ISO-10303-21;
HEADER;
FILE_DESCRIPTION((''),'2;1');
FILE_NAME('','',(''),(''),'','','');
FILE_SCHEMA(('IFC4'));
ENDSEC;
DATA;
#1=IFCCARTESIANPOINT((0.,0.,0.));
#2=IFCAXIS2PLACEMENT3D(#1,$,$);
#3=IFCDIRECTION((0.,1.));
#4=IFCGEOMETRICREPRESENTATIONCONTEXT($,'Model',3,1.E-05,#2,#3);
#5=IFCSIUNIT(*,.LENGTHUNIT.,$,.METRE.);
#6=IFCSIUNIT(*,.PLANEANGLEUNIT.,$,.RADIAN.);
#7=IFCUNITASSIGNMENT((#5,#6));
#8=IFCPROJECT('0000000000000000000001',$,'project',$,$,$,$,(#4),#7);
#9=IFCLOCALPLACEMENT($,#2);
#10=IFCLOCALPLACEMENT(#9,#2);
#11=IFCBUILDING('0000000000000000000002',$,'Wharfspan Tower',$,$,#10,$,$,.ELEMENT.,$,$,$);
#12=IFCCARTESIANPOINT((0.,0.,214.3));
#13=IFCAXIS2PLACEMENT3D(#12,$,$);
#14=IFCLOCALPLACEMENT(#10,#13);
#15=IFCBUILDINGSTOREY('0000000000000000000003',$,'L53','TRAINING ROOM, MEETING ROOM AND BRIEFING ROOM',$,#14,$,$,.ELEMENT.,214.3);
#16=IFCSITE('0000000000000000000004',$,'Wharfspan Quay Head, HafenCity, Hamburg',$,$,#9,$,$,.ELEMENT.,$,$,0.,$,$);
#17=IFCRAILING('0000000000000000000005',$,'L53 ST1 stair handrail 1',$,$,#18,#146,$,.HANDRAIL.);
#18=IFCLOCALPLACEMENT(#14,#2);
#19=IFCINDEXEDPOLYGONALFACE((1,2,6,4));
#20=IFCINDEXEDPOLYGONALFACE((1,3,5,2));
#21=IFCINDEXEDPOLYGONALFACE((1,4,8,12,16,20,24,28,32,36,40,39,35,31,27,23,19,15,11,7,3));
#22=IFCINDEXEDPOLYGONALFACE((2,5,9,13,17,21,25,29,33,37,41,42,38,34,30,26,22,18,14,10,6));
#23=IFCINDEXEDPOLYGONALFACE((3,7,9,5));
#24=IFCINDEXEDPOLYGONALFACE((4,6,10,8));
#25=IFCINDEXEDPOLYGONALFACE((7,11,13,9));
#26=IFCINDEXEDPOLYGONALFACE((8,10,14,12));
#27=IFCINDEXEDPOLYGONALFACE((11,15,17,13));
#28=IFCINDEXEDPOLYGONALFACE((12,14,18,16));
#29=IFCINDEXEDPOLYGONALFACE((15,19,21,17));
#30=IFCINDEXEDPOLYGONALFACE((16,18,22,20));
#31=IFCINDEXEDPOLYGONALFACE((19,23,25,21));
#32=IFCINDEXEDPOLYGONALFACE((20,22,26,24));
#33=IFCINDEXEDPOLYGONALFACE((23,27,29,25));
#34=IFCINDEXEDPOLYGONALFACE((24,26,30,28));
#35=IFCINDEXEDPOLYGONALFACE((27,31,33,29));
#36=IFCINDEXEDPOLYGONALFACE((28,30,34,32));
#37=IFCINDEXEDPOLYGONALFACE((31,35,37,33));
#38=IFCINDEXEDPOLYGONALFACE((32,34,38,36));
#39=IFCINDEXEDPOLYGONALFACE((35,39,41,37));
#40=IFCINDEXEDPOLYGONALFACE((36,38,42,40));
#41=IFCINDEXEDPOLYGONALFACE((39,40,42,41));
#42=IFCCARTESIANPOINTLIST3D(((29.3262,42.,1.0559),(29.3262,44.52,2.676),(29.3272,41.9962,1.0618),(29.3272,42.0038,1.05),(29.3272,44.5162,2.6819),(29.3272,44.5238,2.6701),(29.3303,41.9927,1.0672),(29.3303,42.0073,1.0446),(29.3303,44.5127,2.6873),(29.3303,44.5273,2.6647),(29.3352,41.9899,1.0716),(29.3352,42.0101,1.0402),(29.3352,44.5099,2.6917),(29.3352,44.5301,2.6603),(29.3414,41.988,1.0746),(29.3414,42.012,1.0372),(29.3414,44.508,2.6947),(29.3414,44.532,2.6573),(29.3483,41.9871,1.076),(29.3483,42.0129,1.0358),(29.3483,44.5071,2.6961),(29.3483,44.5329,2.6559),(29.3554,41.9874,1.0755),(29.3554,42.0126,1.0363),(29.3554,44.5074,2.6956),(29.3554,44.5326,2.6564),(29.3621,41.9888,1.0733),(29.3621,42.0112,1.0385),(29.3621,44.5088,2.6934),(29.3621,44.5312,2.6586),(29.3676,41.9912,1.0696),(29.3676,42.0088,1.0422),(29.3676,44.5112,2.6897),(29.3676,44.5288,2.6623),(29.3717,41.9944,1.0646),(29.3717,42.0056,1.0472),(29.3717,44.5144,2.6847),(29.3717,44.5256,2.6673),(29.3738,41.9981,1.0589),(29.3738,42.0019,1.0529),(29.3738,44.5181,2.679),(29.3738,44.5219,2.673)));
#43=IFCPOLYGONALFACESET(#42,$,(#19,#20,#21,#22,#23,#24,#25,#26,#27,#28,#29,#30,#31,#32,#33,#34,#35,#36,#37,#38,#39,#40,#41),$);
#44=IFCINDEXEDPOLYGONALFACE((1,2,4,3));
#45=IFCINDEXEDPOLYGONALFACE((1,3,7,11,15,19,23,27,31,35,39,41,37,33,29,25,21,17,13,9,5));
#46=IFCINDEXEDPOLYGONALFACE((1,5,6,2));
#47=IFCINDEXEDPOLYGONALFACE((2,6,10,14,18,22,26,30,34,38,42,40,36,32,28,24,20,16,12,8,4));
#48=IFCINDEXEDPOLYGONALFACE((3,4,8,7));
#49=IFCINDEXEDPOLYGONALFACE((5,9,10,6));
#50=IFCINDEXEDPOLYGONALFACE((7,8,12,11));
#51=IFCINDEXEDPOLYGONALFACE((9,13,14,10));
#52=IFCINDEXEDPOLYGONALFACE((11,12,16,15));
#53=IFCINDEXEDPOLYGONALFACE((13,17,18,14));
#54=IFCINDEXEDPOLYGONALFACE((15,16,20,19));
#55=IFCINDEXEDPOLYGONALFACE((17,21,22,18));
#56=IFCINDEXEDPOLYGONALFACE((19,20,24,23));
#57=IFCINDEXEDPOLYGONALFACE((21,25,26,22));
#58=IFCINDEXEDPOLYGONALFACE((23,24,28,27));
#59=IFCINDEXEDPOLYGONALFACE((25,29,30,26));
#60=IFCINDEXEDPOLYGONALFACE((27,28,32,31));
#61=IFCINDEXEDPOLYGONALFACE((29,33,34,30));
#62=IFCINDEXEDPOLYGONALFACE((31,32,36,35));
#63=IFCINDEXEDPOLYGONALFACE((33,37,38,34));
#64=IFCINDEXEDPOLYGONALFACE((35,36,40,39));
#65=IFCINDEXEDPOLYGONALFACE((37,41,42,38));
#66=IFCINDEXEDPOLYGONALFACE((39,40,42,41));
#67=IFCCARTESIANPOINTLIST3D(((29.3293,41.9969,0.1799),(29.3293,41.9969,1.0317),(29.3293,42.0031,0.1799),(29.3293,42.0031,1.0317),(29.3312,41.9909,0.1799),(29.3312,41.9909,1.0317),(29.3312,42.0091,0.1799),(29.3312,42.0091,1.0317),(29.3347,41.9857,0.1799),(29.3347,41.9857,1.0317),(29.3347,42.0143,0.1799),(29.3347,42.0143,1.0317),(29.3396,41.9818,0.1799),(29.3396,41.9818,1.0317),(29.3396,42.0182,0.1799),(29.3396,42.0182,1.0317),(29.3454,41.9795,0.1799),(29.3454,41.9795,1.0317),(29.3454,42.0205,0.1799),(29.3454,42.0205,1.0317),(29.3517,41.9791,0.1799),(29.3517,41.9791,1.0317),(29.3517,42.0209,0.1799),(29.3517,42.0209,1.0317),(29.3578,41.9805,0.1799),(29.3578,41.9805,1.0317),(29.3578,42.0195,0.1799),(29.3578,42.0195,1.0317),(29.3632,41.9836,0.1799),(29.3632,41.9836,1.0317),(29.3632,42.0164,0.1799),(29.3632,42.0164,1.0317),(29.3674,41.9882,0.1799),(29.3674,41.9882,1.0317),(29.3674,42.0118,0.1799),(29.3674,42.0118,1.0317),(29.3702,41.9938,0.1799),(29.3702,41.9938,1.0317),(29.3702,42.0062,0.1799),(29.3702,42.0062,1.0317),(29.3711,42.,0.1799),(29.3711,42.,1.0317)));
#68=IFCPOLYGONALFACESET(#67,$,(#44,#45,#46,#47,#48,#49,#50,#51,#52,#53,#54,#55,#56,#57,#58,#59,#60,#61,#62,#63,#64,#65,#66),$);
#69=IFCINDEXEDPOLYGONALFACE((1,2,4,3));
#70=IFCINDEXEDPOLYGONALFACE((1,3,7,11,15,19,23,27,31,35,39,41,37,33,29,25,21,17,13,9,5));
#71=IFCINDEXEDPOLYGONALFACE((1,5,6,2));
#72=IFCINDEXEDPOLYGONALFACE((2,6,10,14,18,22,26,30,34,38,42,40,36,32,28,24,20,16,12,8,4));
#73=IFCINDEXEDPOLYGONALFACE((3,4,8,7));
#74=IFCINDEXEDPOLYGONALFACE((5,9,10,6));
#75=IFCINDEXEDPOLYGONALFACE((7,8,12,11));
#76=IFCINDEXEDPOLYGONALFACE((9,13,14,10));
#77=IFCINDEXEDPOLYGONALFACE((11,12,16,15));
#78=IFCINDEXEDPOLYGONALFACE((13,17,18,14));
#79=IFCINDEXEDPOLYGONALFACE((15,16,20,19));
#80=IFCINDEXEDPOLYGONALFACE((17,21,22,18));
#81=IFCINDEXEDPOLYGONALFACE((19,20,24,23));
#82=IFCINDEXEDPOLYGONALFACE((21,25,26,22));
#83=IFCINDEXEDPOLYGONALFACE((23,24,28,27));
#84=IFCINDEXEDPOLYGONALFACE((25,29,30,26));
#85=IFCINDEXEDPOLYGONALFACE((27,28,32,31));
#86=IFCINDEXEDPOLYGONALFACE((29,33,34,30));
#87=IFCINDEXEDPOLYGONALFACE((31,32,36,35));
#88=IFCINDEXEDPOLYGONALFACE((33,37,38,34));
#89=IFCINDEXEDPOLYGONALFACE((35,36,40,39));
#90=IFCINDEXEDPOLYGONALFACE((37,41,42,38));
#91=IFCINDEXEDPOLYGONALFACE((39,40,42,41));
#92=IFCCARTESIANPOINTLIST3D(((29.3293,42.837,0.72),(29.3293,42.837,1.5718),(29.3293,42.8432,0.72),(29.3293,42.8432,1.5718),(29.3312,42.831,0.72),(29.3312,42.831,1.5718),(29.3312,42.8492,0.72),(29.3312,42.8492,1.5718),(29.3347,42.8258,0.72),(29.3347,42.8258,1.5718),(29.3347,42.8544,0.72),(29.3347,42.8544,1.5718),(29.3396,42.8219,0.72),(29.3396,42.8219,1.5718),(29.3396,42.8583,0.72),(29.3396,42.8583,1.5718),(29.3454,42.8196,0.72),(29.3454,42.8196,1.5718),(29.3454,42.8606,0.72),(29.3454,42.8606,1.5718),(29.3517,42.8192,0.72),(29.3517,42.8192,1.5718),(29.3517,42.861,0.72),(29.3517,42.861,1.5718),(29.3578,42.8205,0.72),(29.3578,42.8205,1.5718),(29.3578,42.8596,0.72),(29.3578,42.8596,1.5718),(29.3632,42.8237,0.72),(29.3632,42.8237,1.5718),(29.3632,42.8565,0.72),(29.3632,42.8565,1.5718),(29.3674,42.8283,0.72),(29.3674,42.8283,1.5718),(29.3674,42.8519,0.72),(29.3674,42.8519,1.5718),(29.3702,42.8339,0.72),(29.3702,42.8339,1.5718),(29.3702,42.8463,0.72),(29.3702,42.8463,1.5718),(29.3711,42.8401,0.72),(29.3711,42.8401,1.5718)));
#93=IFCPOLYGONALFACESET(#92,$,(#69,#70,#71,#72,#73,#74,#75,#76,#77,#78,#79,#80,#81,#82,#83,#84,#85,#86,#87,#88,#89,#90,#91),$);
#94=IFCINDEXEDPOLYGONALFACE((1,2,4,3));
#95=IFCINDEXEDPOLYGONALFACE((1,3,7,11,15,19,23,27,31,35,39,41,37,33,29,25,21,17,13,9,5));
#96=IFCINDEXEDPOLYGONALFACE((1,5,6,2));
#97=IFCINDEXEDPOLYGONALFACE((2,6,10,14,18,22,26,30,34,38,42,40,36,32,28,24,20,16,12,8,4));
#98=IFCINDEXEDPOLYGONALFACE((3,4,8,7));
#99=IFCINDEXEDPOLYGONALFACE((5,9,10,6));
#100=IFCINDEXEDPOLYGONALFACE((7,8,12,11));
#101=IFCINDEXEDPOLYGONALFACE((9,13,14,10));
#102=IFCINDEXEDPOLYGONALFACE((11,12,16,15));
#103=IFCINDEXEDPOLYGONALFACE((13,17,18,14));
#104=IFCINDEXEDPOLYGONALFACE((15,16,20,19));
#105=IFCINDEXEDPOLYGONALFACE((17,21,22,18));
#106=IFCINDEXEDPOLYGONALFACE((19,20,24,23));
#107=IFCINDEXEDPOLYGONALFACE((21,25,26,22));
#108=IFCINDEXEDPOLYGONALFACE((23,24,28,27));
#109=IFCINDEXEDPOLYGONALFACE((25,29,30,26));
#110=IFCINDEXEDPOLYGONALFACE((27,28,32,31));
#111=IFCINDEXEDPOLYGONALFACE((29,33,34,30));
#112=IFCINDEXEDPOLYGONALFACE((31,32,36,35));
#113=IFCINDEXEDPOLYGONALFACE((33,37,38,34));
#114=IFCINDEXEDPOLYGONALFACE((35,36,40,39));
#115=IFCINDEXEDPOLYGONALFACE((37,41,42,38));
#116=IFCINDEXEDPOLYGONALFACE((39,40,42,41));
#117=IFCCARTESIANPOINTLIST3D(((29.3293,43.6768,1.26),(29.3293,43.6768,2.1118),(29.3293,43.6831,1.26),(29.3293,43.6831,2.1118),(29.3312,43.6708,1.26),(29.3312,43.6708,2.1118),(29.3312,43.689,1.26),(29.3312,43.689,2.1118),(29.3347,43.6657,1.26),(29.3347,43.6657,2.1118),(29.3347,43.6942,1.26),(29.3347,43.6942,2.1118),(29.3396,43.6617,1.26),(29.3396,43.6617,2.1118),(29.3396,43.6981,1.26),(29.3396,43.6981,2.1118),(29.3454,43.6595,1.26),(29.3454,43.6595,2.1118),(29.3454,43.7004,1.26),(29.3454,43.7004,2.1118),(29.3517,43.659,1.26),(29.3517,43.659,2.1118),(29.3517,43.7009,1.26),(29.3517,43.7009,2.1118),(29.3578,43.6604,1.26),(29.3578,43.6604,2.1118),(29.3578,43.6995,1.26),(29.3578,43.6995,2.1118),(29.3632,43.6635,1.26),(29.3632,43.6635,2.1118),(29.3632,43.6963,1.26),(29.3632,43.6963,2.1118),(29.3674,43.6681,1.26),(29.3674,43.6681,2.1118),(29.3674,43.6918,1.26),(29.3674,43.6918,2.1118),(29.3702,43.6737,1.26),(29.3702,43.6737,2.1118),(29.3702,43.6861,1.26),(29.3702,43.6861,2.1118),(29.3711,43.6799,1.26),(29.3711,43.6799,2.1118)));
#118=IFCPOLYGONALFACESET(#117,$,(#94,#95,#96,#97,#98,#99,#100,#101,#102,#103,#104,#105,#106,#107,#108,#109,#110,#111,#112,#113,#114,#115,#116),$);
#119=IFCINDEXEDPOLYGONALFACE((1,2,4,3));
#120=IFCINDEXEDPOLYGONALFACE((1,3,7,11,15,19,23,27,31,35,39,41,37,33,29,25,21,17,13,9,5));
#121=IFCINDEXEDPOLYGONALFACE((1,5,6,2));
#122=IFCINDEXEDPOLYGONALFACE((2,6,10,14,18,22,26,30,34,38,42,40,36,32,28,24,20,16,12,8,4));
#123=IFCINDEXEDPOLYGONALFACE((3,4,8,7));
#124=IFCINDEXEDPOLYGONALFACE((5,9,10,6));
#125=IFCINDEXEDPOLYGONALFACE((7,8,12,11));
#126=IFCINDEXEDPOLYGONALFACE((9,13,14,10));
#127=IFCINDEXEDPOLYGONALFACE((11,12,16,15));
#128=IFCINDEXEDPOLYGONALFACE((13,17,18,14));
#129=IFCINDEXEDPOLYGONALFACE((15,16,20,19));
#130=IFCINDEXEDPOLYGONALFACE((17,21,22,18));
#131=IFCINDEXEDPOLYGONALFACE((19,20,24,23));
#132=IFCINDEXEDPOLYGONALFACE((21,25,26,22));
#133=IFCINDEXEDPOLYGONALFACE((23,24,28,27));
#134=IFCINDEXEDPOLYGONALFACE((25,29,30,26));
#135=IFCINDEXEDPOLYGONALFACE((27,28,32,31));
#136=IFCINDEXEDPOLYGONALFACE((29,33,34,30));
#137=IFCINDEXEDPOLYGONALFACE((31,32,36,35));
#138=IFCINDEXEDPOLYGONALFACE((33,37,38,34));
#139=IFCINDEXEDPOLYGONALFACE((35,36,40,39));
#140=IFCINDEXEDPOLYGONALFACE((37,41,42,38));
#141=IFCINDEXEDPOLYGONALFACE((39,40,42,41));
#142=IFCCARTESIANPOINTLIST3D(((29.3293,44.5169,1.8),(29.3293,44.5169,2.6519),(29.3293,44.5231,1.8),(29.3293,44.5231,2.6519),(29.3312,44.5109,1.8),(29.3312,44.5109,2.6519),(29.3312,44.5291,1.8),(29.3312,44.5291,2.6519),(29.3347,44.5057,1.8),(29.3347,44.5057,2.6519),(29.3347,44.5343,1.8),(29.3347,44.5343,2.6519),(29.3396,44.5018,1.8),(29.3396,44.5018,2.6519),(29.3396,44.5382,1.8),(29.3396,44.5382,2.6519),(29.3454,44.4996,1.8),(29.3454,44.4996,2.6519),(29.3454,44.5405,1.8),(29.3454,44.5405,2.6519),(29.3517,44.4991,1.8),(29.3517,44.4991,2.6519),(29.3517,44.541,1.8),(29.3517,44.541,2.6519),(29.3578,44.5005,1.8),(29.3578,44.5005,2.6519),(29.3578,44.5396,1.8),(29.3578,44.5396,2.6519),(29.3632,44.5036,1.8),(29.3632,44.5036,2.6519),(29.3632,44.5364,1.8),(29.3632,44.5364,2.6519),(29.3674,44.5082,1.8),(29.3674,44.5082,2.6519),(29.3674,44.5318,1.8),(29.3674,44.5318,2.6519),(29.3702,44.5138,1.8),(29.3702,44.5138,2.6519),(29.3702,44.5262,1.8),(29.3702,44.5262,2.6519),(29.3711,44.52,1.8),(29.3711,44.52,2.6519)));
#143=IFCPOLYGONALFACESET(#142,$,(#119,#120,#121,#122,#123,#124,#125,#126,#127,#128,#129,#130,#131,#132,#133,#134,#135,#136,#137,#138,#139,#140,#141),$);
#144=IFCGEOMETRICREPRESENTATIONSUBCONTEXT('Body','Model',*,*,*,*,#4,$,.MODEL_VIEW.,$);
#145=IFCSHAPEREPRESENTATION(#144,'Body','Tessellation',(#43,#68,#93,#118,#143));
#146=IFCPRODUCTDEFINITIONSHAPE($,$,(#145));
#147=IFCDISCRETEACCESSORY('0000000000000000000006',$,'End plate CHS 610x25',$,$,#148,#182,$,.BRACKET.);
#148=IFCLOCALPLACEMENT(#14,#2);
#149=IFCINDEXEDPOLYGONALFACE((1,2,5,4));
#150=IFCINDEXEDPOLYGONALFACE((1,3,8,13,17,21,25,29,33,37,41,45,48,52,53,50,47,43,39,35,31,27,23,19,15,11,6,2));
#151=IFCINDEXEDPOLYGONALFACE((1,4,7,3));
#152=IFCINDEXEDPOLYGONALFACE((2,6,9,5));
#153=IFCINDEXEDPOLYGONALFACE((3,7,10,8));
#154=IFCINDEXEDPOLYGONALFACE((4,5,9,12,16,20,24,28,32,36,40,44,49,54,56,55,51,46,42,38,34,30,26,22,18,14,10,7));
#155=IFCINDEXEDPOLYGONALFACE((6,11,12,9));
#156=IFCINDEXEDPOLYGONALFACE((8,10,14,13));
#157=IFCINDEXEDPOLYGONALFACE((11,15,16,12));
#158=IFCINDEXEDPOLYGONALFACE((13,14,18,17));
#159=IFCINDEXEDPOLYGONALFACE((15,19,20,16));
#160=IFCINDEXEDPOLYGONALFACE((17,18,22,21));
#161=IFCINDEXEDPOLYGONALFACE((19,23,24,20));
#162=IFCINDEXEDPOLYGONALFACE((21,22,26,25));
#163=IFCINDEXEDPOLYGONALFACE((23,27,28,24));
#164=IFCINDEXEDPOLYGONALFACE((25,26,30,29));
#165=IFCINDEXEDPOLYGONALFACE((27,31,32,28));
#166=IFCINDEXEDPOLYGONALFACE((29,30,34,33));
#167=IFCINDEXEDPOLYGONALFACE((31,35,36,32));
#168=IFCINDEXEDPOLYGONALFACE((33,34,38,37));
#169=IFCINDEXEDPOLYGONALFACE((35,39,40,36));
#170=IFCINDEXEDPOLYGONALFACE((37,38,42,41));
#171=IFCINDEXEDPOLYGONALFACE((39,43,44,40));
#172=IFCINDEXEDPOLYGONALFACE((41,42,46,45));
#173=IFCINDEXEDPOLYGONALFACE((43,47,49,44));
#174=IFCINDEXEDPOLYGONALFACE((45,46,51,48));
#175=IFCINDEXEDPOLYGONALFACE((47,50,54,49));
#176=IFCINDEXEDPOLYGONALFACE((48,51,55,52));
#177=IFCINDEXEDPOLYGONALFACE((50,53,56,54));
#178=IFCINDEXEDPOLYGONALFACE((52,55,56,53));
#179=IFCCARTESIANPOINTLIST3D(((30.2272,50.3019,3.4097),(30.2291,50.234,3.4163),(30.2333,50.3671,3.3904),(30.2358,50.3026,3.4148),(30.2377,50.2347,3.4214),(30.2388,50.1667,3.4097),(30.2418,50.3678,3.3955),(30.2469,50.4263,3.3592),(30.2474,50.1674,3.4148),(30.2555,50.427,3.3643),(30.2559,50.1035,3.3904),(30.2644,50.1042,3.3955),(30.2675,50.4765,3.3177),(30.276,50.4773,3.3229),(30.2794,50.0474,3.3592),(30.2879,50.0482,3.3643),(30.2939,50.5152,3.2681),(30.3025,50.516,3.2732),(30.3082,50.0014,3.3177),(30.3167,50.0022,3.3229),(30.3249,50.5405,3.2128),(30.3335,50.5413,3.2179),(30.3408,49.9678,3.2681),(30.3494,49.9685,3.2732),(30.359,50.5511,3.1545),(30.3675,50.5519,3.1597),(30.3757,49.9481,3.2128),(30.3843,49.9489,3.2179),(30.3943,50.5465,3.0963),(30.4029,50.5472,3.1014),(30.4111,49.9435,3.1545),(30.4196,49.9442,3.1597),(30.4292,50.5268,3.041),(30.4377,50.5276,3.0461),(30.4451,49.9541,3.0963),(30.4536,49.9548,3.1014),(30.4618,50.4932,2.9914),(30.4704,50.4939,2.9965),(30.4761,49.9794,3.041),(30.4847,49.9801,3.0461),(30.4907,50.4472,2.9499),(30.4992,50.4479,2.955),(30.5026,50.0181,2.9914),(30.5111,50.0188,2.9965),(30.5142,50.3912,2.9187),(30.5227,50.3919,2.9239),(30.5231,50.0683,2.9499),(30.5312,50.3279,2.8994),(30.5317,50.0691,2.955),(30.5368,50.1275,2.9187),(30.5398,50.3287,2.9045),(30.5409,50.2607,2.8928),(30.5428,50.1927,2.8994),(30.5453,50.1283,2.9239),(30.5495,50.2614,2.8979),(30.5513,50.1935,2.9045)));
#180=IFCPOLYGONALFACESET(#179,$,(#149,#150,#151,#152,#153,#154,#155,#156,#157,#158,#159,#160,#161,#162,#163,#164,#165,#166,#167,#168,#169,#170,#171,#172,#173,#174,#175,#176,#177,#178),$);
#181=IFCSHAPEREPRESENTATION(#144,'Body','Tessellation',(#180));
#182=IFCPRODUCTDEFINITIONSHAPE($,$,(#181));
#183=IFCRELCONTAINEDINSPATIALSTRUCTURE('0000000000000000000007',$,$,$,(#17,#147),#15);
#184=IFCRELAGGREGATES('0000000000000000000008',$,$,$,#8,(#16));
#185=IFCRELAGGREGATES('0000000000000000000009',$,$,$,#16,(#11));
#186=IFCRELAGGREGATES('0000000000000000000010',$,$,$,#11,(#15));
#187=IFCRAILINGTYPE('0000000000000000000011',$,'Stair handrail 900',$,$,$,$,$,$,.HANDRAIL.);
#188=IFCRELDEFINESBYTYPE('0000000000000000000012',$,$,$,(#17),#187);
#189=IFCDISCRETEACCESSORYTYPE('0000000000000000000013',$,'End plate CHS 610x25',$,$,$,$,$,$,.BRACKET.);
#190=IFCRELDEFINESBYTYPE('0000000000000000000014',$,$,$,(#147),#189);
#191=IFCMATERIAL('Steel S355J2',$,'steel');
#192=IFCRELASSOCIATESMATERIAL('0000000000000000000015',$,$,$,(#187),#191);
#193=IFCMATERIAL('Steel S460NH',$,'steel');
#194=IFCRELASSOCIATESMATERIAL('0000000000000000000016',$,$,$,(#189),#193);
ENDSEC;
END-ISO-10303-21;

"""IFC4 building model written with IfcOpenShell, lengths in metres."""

from ifc_helpers import new_model, si_unit, direction, frame, origin, origin_2d, place, context, subcontext, project, spatial, circle, extrude, material, material_profile, profile_set, type_object, element, save


model = new_model("IFC4")

# Units and contexts
model_context = context("Model", 3, precision=1e-05, world=origin(), true_north=direction((0.0, 1.0)))
body_context = subcontext(model_context, "Body", "Model", "MODEL_VIEW")
ifc_project = project(units=[si_unit("LENGTHUNIT", "METRE"), si_unit("PLANEANGLEUNIT", "RADIAN")], contexts=[model_context])

# Site, building, storey
site_placement = place(None, origin())
site = spatial("IfcSite", under=ifc_project, at=site_placement, Name="Wharfspan Quay Head, HafenCity, Hamburg", CompositionType="ELEMENT", RefElevation=0.0)
building_placement = place(site_placement, origin())
building = spatial("IfcBuilding", under=site, at=building_placement, Name="Wharfspan Tower", CompositionType="ELEMENT")
storey_placement = place(building_placement, frame((0.0, 0.0, 214.3)))
storey = spatial("IfcBuildingStorey", under=building, at=storey_placement, Name="L53", Description="TRAINING ROOM, MEETING ROOM AND BRIEFING ROOM", CompositionType="ELEMENT", Elevation=214.3)

# Shared definitions
ifc_material_1 = material(Name="Steel S355J2", Category="steel")

# Shared definitions
ifc_material_2 = material(Name="Steel S460NH", Category="steel")

# Railing
railing_type_1 = type_object("IfcRailingType", Name="Stair handrail 900", PredefinedType="HANDRAIL", material=ifc_material_1)
railing_1_placement = place(storey_placement, frame((29.3501, 42.0, 0.1799)))
element("IfcRailing", 1, at=railing_1_placement, inside=storey, type_object=railing_type_1, Name="L53 ST1 stair handrail 1", PredefinedType="HANDRAIL", context=body_context, shape_type="SweptSolid", body=[
    extrude(circle(Radius=0.0239, at=origin_2d()), frame((0.0, 0.0, 0.876), z_axis=(0.0, 0.841163, 0.540782), x_axis=(-1.0, 0.0, 0.0)), (0.0, 0.0, 1.0), 2.9958),
    extrude(circle(Radius=0.021, at=origin_2d()), origin(), (0.0, 0.0, 1.0), 0.8518),
    extrude(circle(Radius=0.021, at=origin_2d()), frame((0.0, 0.8401, 0.54)), (0.0, 0.0, 1.0), 0.8518),
    extrude(circle(Radius=0.021, at=origin_2d()), frame((0.0, 1.6799, 1.0801)), (0.0, 0.0, 1.0), 0.8518),
    extrude(circle(Radius=0.021, at=origin_2d()), frame((0.0, 2.52, 1.6201)), (0.0, 0.0, 1.0), 0.8518),
])

# Discrete accessory
ifc_material_profile_1 = material_profile(ifc_material_2, circle(Radius=0.3049, at=origin_2d()))
ifc_profile_set_1 = profile_set([ifc_material_profile_1], Name="Steel S460NH")
discrete_accessory_type = type_object("IfcDiscreteAccessoryType", Name="End plate CHS 610x25", PredefinedType="BRACKET", material=ifc_profile_set_1)
for number, where, z_axis, x_axis, name in (
    (2, (30.385, 50.2473, 3.1545), (0.855186, 0.073302, 0.513112), (-0.085402, 0.996345, 0.000001), "End plate CHS 610x25"),
):
    element("IfcDiscreteAccessory", number, at=place(storey_placement, frame(where, z_axis=z_axis, x_axis=x_axis)), inside=storey, type_object=discrete_accessory_type, Name=name, PredefinedType="BRACKET", context=body_context, shape_type="SweptSolid", body=[
        extrude(circle(Radius=0.3049, at=origin_2d()), origin(), (0.0, 0.0, 1.0), 0.01),
    ])

save(model, "model.ifc")
